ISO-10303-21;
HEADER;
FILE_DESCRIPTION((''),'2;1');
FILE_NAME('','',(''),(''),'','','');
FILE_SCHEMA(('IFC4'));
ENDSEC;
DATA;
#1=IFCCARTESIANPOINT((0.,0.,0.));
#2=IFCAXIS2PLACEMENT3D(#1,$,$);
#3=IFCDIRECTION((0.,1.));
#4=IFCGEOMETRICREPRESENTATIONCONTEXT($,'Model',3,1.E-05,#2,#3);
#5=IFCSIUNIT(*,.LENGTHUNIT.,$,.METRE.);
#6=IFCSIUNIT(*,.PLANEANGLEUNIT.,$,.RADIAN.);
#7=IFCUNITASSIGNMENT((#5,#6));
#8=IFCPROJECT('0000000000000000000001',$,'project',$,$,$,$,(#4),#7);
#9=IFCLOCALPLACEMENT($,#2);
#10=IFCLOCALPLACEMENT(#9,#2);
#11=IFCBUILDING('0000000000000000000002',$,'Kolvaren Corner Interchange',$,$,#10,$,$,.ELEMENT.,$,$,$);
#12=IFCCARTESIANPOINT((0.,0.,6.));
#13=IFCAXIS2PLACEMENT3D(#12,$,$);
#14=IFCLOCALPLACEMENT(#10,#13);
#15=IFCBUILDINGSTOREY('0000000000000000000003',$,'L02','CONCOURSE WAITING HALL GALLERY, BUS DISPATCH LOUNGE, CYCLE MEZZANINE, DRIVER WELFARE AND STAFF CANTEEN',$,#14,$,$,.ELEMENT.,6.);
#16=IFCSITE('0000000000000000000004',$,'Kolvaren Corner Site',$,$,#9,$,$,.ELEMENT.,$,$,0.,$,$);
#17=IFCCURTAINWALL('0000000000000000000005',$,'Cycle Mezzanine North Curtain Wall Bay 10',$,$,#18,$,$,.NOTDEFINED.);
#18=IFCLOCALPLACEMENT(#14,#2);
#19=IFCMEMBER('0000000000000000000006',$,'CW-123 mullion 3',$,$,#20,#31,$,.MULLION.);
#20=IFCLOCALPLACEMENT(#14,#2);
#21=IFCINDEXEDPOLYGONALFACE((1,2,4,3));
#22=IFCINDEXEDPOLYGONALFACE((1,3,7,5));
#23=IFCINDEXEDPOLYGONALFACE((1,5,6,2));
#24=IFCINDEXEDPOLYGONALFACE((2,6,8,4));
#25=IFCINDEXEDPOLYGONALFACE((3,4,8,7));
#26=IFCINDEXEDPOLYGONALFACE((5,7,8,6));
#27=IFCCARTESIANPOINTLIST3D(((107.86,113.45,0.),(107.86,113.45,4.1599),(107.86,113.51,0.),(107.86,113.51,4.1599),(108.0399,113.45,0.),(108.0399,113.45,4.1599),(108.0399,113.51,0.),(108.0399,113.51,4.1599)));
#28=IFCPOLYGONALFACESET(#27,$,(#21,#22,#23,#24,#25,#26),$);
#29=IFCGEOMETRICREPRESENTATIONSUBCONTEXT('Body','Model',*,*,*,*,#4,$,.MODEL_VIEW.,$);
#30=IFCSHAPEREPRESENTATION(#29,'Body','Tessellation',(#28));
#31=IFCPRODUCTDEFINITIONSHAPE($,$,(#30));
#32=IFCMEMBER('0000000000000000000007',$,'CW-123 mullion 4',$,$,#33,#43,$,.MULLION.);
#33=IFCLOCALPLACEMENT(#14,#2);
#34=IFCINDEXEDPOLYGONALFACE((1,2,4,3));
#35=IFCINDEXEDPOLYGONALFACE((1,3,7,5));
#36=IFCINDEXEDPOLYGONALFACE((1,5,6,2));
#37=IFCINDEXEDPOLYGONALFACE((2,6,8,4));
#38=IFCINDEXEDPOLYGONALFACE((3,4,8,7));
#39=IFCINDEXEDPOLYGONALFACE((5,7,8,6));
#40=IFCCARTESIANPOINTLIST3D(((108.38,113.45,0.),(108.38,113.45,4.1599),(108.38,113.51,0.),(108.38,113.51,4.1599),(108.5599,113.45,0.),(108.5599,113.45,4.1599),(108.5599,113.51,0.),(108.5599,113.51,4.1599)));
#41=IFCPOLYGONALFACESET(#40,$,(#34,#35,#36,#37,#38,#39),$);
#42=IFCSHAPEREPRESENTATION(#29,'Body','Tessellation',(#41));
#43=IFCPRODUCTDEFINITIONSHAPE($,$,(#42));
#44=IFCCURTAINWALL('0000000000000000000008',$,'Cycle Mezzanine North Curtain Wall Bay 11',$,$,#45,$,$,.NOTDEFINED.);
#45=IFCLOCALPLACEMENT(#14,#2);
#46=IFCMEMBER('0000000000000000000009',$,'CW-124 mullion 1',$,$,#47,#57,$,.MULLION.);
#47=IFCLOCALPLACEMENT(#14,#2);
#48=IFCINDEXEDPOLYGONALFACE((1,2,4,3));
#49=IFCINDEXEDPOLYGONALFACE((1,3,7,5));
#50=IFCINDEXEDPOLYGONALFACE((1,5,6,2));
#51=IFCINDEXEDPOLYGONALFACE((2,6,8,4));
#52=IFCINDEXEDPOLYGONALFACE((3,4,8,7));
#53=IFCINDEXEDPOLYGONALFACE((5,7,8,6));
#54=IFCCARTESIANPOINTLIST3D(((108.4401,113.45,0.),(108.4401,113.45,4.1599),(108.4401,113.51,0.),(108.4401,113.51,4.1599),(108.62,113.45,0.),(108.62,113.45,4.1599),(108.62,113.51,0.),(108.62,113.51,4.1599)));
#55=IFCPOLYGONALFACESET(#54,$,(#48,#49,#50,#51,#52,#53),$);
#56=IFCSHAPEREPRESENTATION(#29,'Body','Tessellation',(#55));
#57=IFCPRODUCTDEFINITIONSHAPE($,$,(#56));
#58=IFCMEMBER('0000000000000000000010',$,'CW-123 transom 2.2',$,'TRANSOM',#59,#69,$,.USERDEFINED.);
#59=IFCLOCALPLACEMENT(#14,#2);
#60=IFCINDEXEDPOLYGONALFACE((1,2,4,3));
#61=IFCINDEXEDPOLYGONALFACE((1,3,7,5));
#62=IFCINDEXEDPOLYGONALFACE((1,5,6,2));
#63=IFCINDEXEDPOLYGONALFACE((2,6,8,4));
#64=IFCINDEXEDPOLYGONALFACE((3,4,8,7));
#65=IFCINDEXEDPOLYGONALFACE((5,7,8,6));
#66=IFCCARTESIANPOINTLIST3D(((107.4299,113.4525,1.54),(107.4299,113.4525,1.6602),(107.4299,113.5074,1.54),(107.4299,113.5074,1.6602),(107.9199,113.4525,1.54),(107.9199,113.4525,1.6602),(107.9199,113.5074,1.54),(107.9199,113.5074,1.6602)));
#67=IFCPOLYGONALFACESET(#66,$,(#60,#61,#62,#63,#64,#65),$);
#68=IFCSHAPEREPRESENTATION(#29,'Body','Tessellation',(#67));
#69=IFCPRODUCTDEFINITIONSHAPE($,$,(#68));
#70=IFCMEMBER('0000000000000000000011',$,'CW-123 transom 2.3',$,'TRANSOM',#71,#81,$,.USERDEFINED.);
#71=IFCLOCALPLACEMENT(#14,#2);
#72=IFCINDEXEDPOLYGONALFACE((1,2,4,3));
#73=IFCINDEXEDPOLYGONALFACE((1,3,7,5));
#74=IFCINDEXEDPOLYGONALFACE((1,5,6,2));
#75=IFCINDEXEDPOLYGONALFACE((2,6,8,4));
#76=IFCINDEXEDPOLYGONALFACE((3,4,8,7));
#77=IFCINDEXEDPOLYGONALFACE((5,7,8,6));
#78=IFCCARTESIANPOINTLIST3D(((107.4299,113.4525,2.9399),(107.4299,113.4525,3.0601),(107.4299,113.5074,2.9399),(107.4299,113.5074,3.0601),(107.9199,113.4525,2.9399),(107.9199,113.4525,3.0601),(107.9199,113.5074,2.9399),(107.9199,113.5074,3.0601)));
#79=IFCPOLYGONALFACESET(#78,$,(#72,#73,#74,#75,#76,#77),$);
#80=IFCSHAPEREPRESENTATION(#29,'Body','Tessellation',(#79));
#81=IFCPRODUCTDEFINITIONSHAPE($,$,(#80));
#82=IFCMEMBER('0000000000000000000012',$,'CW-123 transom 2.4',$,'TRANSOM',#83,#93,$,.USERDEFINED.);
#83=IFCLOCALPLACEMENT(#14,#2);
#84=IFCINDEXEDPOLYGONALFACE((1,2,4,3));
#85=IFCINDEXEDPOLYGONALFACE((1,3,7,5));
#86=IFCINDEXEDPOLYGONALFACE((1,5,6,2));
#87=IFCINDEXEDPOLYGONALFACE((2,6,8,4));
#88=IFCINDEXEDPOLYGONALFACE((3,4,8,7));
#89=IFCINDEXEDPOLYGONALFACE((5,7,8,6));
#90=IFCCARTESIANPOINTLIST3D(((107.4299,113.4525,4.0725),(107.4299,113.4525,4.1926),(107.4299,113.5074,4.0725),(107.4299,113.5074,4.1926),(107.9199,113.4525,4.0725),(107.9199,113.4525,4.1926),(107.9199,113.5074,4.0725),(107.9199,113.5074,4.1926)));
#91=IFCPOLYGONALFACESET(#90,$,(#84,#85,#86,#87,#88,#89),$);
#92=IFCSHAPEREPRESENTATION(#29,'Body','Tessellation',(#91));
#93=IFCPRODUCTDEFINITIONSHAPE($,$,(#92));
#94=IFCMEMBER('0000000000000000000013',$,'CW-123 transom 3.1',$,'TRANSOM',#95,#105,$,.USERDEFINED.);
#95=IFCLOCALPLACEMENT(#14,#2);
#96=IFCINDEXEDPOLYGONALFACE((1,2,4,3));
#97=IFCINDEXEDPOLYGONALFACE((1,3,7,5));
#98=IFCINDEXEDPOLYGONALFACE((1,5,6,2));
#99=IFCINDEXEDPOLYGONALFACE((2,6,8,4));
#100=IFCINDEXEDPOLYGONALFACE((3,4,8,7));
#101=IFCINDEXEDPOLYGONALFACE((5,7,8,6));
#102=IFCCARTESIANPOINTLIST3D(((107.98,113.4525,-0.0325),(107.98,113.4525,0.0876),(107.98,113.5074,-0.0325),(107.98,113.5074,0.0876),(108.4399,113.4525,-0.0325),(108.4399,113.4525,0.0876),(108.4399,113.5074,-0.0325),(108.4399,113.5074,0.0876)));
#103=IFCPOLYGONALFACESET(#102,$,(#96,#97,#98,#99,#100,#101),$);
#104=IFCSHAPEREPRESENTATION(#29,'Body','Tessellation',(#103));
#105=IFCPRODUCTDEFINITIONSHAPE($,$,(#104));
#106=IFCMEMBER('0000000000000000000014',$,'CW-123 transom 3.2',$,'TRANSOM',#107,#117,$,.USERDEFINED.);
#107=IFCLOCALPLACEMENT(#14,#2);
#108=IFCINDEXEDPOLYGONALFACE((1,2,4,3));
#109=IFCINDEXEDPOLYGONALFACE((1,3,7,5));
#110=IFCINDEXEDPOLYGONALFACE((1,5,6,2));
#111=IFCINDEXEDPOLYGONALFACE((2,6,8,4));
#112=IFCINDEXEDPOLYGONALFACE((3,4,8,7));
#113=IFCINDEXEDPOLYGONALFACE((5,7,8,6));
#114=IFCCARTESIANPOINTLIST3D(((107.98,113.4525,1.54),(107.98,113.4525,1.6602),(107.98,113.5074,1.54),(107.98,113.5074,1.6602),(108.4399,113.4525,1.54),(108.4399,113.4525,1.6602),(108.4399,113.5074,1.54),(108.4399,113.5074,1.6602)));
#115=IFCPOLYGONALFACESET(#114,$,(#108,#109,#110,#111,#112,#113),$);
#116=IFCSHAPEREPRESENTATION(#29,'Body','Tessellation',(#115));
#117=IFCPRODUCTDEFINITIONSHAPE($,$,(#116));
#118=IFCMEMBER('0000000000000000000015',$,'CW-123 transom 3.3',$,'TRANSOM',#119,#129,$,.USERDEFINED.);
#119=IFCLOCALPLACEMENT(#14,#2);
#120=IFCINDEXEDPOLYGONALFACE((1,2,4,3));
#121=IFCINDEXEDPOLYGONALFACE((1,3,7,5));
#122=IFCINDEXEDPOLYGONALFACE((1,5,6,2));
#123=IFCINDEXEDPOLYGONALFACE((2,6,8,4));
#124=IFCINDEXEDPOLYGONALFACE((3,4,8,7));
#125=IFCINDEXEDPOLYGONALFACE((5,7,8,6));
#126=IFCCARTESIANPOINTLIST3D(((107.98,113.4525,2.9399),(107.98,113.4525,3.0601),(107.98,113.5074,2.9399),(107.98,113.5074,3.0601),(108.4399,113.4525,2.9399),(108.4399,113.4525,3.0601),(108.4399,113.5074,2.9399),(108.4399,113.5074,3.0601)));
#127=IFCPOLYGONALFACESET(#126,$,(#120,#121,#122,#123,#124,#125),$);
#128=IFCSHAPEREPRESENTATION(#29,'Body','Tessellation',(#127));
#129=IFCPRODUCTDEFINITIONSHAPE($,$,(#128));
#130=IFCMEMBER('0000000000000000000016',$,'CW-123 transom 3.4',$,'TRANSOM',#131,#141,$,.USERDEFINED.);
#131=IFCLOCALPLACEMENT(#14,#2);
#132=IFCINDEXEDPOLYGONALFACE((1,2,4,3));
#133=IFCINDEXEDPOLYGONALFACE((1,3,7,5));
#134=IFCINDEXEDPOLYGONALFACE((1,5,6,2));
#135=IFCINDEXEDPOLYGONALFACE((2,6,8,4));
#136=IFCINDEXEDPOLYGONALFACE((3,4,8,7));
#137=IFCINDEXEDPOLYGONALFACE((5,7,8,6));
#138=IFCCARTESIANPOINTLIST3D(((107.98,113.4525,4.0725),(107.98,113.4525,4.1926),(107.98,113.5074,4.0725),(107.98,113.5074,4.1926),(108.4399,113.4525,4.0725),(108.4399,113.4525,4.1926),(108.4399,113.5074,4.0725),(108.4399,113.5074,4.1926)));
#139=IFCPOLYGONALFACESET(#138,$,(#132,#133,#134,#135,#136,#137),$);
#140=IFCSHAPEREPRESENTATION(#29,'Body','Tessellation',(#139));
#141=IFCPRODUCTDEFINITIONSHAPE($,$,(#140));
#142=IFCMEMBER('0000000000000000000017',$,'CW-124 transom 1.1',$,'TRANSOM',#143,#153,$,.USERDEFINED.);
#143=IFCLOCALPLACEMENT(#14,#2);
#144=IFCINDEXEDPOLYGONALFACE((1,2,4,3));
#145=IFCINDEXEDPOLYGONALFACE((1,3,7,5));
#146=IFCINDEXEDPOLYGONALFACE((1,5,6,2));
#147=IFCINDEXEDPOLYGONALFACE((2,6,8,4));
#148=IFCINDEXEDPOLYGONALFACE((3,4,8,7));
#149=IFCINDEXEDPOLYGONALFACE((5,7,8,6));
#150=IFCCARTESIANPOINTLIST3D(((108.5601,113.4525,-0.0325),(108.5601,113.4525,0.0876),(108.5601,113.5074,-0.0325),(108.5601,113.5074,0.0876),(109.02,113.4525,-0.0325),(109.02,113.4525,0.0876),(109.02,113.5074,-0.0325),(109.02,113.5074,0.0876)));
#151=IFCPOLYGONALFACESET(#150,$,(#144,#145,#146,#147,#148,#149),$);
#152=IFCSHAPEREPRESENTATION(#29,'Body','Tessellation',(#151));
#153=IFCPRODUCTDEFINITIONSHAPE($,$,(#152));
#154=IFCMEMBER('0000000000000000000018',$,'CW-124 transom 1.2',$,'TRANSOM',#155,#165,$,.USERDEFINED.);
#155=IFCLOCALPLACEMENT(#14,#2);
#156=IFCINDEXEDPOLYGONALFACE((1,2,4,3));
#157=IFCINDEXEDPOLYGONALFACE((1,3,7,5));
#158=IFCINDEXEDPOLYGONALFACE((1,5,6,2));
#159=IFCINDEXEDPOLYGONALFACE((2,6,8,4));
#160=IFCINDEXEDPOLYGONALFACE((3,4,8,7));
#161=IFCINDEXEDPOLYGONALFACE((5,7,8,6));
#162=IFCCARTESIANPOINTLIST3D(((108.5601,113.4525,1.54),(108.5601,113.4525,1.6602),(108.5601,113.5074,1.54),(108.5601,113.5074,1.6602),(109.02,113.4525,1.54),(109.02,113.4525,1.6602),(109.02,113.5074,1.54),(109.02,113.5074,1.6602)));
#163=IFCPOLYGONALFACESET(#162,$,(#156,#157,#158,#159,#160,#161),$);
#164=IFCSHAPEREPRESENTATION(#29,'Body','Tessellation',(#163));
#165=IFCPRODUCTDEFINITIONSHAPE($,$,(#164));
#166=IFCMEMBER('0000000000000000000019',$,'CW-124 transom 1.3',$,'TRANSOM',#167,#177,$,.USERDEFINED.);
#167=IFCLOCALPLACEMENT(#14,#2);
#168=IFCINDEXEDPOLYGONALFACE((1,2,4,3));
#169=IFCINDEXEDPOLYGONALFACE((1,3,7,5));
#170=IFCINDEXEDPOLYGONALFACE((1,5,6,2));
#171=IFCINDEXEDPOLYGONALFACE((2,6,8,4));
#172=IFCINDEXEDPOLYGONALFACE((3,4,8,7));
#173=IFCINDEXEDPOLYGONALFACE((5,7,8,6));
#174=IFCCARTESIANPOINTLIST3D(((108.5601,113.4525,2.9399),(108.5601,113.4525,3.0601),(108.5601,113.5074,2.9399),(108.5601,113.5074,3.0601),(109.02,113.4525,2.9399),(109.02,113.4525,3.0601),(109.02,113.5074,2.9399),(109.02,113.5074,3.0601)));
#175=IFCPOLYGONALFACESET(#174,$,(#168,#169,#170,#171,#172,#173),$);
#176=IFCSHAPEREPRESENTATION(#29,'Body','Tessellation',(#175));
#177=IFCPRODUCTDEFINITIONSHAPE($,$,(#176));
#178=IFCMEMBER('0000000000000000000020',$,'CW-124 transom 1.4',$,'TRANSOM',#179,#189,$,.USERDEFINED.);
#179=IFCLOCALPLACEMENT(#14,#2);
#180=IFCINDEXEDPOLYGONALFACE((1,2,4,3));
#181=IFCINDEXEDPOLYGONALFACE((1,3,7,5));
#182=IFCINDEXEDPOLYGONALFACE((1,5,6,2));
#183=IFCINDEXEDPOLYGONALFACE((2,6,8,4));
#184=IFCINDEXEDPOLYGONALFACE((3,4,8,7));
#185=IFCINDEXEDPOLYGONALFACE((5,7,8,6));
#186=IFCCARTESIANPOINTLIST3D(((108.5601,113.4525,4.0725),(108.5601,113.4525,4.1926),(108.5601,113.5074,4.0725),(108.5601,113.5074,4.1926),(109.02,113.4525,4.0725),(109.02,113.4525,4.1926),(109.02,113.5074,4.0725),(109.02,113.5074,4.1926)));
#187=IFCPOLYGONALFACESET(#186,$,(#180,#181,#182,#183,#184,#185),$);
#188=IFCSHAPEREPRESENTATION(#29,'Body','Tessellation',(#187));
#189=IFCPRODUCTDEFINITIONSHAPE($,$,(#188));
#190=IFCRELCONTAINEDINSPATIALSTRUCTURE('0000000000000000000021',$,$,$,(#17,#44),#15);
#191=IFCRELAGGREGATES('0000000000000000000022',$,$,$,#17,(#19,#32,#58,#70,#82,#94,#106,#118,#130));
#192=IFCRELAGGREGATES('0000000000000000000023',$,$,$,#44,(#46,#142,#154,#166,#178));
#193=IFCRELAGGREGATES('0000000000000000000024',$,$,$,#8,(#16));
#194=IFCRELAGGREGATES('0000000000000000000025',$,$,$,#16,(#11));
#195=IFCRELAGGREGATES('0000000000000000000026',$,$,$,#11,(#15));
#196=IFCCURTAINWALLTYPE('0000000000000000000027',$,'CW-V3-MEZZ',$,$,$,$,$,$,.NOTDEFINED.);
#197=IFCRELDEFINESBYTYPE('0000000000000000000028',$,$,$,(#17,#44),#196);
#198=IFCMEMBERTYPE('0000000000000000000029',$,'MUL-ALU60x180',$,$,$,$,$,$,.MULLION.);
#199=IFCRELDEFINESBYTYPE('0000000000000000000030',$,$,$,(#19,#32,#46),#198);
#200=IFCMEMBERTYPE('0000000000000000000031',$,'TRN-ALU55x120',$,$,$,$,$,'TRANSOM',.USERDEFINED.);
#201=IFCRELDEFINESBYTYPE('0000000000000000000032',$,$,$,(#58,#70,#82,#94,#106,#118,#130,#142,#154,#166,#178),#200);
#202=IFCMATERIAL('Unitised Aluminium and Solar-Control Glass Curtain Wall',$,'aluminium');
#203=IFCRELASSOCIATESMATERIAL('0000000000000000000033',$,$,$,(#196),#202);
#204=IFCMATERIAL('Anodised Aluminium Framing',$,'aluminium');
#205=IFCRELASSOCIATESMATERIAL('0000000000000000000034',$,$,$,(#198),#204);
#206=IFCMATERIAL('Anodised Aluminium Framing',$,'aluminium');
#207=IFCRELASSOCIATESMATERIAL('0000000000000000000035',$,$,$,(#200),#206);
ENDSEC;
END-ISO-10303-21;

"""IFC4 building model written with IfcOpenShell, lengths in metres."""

from ifc_helpers import new_model, si_unit, direction, frame, origin, origin_2d, place, context, subcontext, project, spatial, rectangle, extrude, material, material_profile, profile_set, type_object, element, aggregate, save


model = new_model("IFC4")

# Units and contexts
model_context = context("Model", 3, precision=1e-05, world=origin(), true_north=direction((0.0, 1.0)))
body_context = subcontext(model_context, "Body", "Model", "MODEL_VIEW")
ifc_project = project(units=[si_unit("LENGTHUNIT", "METRE"), si_unit("PLANEANGLEUNIT", "RADIAN")], contexts=[model_context])

# Site, building, storey
site_placement = place(None, origin())
site = spatial("IfcSite", under=ifc_project, at=site_placement, Name="Kolvaren Corner Site", CompositionType="ELEMENT", RefElevation=0.0)
building_placement = place(site_placement, origin())
building = spatial("IfcBuilding", under=site, at=building_placement, Name="Kolvaren Corner Interchange", CompositionType="ELEMENT")
storey_placement = place(building_placement, frame((0.0, 0.0, 6.0)))
storey = spatial("IfcBuildingStorey", under=building, at=storey_placement, Name="L02", Description="CONCOURSE WAITING HALL GALLERY, BUS DISPATCH LOUNGE, CYCLE MEZZANINE, DRIVER WELFARE AND STAFF CANTEEN", CompositionType="ELEMENT", Elevation=6.0)

# Curtain wall, members
ifc_material_1 = material(Name="Unitised Aluminium and Solar-Control Glass Curtain Wall", Category="aluminium")
curtain_wall_type = type_object("IfcCurtainWallType", Name="CW-V3-MEZZ", PredefinedType="NOTDEFINED", material=ifc_material_1)
curtain_wall_1_placement = place(storey_placement, origin())
curtain_wall_1 = element("IfcCurtainWall", 1, at=curtain_wall_1_placement, inside=storey, type_object=curtain_wall_type, Name="Cycle Mezzanine North Curtain Wall Bay 10", PredefinedType="NOTDEFINED")
ifc_material_2 = material(Name="Anodised Aluminium Framing", Category="aluminium")
ifc_material_profile_1 = material_profile(ifc_material_2, rectangle(XDim=0.0601, YDim=0.1799, at=origin_2d()), Name="ALU 60x180")
ifc_profile_set_1 = profile_set([ifc_material_profile_1], Name="Anodised Aluminium Framing")
member_type_1 = type_object("IfcMemberType", Name="MUL-ALU60x180", PredefinedType="MULLION", material=ifc_profile_set_1)
member_1_placement = place(storey_placement, frame((107.95, 113.48, 0.0), z_axis=(0.0, 0.0, 1.0), x_axis=(0.0, 1.0, 0.0)))
member_1 = element("IfcMember", 2, at=member_1_placement, type_object=member_type_1, Name="CW-123 mullion 3", PredefinedType="MULLION", context=body_context, shape_type="SweptSolid", body=[
    extrude(rectangle(XDim=0.0601, YDim=0.1799, at=origin_2d()), origin(), (0.0, 0.0, 1.0), 4.1599),
])
member_2_placement = place(storey_placement, frame((108.47, 113.48, 0.0), z_axis=(0.0, 0.0, 1.0), x_axis=(0.0, 1.0, 0.0)))
member_2 = element("IfcMember", 3, at=member_2_placement, type_object=member_type_1, Name="CW-123 mullion 4", PredefinedType="MULLION", context=body_context, shape_type="SweptSolid", body=[
    extrude(rectangle(XDim=0.0601, YDim=0.1799, at=origin_2d()), origin(), (0.0, 0.0, 1.0), 4.1599),
])

# Curtain wall, member
curtain_wall_2_placement = place(storey_placement, origin())
curtain_wall_2 = element("IfcCurtainWall", 4, at=curtain_wall_2_placement, inside=storey, type_object=curtain_wall_type, Name="Cycle Mezzanine North Curtain Wall Bay 11", PredefinedType="NOTDEFINED")
member_3_placement = place(storey_placement, frame((108.53, 113.48, 0.0), z_axis=(0.0, 0.0, 1.0), x_axis=(0.0, 1.0, 0.0)))
member_3 = element("IfcMember", 5, at=member_3_placement, type_object=member_type_1, Name="CW-124 mullion 1", PredefinedType="MULLION", context=body_context, shape_type="SweptSolid", body=[
    extrude(rectangle(XDim=0.0601, YDim=0.1799, at=origin_2d()), origin(), (0.0, 0.0, 1.0), 4.1599),
])

# Members
ifc_material_3 = material(Name="Anodised Aluminium Framing", Category="aluminium")
ifc_material_profile_2 = material_profile(ifc_material_3, rectangle(XDim=0.0549, YDim=0.1201, at=origin_2d()), Name="ALU 55x120")
ifc_profile_set_2 = profile_set([ifc_material_profile_2], Name="Anodised Aluminium Framing")
member_type_2 = type_object("IfcMemberType", Name="TRN-ALU55x120", ElementType="TRANSOM", PredefinedType="USERDEFINED", material=ifc_profile_set_2)
member_4_placement = place(storey_placement, frame((107.4299, 113.48, 1.6001), z_axis=(1.0, 0.0, 0.0), x_axis=(0.0, 1.0, 0.0)))
member_4 = element("IfcMember", 6, at=member_4_placement, type_object=member_type_2, Name="CW-123 transom 2.2", ObjectType="TRANSOM", PredefinedType="USERDEFINED", context=body_context, shape_type="SweptSolid", body=[
    extrude(rectangle(XDim=0.0549, YDim=0.1201, at=origin_2d()), origin(), (0.0, 0.0, 1.0), 0.49),
])
member_5_placement = place(storey_placement, frame((107.4299, 113.48, 3.0), z_axis=(1.0, 0.0, 0.0), x_axis=(0.0, 1.0, 0.0)))
member_5 = element("IfcMember", 7, at=member_5_placement, type_object=member_type_2, Name="CW-123 transom 2.3", ObjectType="TRANSOM", PredefinedType="USERDEFINED", context=body_context, shape_type="SweptSolid", body=[
    extrude(rectangle(XDim=0.0549, YDim=0.1201, at=origin_2d()), origin(), (0.0, 0.0, 1.0), 0.49),
])
member_6_placement = place(storey_placement, frame((107.4299, 113.48, 4.1326), z_axis=(1.0, 0.0, 0.0), x_axis=(0.0, 1.0, 0.0)))
member_6 = element("IfcMember", 8, at=member_6_placement, type_object=member_type_2, Name="CW-123 transom 2.4", ObjectType="TRANSOM", PredefinedType="USERDEFINED", context=body_context, shape_type="SweptSolid", body=[
    extrude(rectangle(XDim=0.0549, YDim=0.1201, at=origin_2d()), origin(), (0.0, 0.0, 1.0), 0.49),
])
member_7_placement = place(storey_placement, frame((107.98, 113.48, 0.0276), z_axis=(1.0, 0.0, 0.0), x_axis=(0.0, 1.0, 0.0)))
member_7 = element("IfcMember", 9, at=member_7_placement, type_object=member_type_2, Name="CW-123 transom 3.1", ObjectType="TRANSOM", PredefinedType="USERDEFINED", context=body_context, shape_type="SweptSolid", body=[
    extrude(rectangle(XDim=0.0549, YDim=0.1201, at=origin_2d()), origin(), (0.0, 0.0, 1.0), 0.46),
])
member_8_placement = place(storey_placement, frame((107.98, 113.48, 1.6001), z_axis=(1.0, 0.0, 0.0), x_axis=(0.0, 1.0, 0.0)))
member_8 = element("IfcMember", 10, at=member_8_placement, type_object=member_type_2, Name="CW-123 transom 3.2", ObjectType="TRANSOM", PredefinedType="USERDEFINED", context=body_context, shape_type="SweptSolid", body=[
    extrude(rectangle(XDim=0.0549, YDim=0.1201, at=origin_2d()), origin(), (0.0, 0.0, 1.0), 0.46),
])
member_9_placement = place(storey_placement, frame((107.98, 113.48, 3.0), z_axis=(1.0, 0.0, 0.0), x_axis=(0.0, 1.0, 0.0)))
member_9 = element("IfcMember", 11, at=member_9_placement, type_object=member_type_2, Name="CW-123 transom 3.3", ObjectType="TRANSOM", PredefinedType="USERDEFINED", context=body_context, shape_type="SweptSolid", body=[
    extrude(rectangle(XDim=0.0549, YDim=0.1201, at=origin_2d()), origin(), (0.0, 0.0, 1.0), 0.46),
])
member_10_placement = place(storey_placement, frame((107.98, 113.48, 4.1326), z_axis=(1.0, 0.0, 0.0), x_axis=(0.0, 1.0, 0.0)))
member_10 = element("IfcMember", 12, at=member_10_placement, type_object=member_type_2, Name="CW-123 transom 3.4", ObjectType="TRANSOM", PredefinedType="USERDEFINED", context=body_context, shape_type="SweptSolid", body=[
    extrude(rectangle(XDim=0.0549, YDim=0.1201, at=origin_2d()), origin(), (0.0, 0.0, 1.0), 0.46),
])
member_11_placement = place(storey_placement, frame((108.5601, 113.48, 0.0276), z_axis=(1.0, 0.0, 0.0), x_axis=(0.0, 1.0, 0.0)))
member_11 = element("IfcMember", 13, at=member_11_placement, type_object=member_type_2, Name="CW-124 transom 1.1", ObjectType="TRANSOM", PredefinedType="USERDEFINED", context=body_context, shape_type="SweptSolid", body=[
    extrude(rectangle(XDim=0.0549, YDim=0.1201, at=origin_2d()), origin(), (0.0, 0.0, 1.0), 0.46),
])
member_12_placement = place(storey_placement, frame((108.5601, 113.48, 1.6001), z_axis=(1.0, 0.0, 0.0), x_axis=(0.0, 1.0, 0.0)))
member_12 = element("IfcMember", 14, at=member_12_placement, type_object=member_type_2, Name="CW-124 transom 1.2", ObjectType="TRANSOM", PredefinedType="USERDEFINED", context=body_context, shape_type="SweptSolid", body=[
    extrude(rectangle(XDim=0.0549, YDim=0.1201, at=origin_2d()), origin(), (0.0, 0.0, 1.0), 0.46),
])
member_13_placement = place(storey_placement, frame((108.5601, 113.48, 3.0), z_axis=(1.0, 0.0, 0.0), x_axis=(0.0, 1.0, 0.0)))
member_13 = element("IfcMember", 15, at=member_13_placement, type_object=member_type_2, Name="CW-124 transom 1.3", ObjectType="TRANSOM", PredefinedType="USERDEFINED", context=body_context, shape_type="SweptSolid", body=[
    extrude(rectangle(XDim=0.0549, YDim=0.1201, at=origin_2d()), origin(), (0.0, 0.0, 1.0), 0.46),
])
member_14_placement = place(storey_placement, frame((108.5601, 113.48, 4.1326), z_axis=(1.0, 0.0, 0.0), x_axis=(0.0, 1.0, 0.0)))
member_14 = element("IfcMember", 16, at=member_14_placement, type_object=member_type_2, Name="CW-124 transom 1.4", ObjectType="TRANSOM", PredefinedType="USERDEFINED", context=body_context, shape_type="SweptSolid", body=[
    extrude(rectangle(XDim=0.0549, YDim=0.1201, at=origin_2d()), origin(), (0.0, 0.0, 1.0), 0.46),
])

aggregate(curtain_wall_1, [member_1, member_2, member_4, member_5, member_6, member_7, member_8, member_9, member_10])
aggregate(curtain_wall_2, [member_3, member_11, member_12, member_13, member_14])

save(model, "model.ifc")
